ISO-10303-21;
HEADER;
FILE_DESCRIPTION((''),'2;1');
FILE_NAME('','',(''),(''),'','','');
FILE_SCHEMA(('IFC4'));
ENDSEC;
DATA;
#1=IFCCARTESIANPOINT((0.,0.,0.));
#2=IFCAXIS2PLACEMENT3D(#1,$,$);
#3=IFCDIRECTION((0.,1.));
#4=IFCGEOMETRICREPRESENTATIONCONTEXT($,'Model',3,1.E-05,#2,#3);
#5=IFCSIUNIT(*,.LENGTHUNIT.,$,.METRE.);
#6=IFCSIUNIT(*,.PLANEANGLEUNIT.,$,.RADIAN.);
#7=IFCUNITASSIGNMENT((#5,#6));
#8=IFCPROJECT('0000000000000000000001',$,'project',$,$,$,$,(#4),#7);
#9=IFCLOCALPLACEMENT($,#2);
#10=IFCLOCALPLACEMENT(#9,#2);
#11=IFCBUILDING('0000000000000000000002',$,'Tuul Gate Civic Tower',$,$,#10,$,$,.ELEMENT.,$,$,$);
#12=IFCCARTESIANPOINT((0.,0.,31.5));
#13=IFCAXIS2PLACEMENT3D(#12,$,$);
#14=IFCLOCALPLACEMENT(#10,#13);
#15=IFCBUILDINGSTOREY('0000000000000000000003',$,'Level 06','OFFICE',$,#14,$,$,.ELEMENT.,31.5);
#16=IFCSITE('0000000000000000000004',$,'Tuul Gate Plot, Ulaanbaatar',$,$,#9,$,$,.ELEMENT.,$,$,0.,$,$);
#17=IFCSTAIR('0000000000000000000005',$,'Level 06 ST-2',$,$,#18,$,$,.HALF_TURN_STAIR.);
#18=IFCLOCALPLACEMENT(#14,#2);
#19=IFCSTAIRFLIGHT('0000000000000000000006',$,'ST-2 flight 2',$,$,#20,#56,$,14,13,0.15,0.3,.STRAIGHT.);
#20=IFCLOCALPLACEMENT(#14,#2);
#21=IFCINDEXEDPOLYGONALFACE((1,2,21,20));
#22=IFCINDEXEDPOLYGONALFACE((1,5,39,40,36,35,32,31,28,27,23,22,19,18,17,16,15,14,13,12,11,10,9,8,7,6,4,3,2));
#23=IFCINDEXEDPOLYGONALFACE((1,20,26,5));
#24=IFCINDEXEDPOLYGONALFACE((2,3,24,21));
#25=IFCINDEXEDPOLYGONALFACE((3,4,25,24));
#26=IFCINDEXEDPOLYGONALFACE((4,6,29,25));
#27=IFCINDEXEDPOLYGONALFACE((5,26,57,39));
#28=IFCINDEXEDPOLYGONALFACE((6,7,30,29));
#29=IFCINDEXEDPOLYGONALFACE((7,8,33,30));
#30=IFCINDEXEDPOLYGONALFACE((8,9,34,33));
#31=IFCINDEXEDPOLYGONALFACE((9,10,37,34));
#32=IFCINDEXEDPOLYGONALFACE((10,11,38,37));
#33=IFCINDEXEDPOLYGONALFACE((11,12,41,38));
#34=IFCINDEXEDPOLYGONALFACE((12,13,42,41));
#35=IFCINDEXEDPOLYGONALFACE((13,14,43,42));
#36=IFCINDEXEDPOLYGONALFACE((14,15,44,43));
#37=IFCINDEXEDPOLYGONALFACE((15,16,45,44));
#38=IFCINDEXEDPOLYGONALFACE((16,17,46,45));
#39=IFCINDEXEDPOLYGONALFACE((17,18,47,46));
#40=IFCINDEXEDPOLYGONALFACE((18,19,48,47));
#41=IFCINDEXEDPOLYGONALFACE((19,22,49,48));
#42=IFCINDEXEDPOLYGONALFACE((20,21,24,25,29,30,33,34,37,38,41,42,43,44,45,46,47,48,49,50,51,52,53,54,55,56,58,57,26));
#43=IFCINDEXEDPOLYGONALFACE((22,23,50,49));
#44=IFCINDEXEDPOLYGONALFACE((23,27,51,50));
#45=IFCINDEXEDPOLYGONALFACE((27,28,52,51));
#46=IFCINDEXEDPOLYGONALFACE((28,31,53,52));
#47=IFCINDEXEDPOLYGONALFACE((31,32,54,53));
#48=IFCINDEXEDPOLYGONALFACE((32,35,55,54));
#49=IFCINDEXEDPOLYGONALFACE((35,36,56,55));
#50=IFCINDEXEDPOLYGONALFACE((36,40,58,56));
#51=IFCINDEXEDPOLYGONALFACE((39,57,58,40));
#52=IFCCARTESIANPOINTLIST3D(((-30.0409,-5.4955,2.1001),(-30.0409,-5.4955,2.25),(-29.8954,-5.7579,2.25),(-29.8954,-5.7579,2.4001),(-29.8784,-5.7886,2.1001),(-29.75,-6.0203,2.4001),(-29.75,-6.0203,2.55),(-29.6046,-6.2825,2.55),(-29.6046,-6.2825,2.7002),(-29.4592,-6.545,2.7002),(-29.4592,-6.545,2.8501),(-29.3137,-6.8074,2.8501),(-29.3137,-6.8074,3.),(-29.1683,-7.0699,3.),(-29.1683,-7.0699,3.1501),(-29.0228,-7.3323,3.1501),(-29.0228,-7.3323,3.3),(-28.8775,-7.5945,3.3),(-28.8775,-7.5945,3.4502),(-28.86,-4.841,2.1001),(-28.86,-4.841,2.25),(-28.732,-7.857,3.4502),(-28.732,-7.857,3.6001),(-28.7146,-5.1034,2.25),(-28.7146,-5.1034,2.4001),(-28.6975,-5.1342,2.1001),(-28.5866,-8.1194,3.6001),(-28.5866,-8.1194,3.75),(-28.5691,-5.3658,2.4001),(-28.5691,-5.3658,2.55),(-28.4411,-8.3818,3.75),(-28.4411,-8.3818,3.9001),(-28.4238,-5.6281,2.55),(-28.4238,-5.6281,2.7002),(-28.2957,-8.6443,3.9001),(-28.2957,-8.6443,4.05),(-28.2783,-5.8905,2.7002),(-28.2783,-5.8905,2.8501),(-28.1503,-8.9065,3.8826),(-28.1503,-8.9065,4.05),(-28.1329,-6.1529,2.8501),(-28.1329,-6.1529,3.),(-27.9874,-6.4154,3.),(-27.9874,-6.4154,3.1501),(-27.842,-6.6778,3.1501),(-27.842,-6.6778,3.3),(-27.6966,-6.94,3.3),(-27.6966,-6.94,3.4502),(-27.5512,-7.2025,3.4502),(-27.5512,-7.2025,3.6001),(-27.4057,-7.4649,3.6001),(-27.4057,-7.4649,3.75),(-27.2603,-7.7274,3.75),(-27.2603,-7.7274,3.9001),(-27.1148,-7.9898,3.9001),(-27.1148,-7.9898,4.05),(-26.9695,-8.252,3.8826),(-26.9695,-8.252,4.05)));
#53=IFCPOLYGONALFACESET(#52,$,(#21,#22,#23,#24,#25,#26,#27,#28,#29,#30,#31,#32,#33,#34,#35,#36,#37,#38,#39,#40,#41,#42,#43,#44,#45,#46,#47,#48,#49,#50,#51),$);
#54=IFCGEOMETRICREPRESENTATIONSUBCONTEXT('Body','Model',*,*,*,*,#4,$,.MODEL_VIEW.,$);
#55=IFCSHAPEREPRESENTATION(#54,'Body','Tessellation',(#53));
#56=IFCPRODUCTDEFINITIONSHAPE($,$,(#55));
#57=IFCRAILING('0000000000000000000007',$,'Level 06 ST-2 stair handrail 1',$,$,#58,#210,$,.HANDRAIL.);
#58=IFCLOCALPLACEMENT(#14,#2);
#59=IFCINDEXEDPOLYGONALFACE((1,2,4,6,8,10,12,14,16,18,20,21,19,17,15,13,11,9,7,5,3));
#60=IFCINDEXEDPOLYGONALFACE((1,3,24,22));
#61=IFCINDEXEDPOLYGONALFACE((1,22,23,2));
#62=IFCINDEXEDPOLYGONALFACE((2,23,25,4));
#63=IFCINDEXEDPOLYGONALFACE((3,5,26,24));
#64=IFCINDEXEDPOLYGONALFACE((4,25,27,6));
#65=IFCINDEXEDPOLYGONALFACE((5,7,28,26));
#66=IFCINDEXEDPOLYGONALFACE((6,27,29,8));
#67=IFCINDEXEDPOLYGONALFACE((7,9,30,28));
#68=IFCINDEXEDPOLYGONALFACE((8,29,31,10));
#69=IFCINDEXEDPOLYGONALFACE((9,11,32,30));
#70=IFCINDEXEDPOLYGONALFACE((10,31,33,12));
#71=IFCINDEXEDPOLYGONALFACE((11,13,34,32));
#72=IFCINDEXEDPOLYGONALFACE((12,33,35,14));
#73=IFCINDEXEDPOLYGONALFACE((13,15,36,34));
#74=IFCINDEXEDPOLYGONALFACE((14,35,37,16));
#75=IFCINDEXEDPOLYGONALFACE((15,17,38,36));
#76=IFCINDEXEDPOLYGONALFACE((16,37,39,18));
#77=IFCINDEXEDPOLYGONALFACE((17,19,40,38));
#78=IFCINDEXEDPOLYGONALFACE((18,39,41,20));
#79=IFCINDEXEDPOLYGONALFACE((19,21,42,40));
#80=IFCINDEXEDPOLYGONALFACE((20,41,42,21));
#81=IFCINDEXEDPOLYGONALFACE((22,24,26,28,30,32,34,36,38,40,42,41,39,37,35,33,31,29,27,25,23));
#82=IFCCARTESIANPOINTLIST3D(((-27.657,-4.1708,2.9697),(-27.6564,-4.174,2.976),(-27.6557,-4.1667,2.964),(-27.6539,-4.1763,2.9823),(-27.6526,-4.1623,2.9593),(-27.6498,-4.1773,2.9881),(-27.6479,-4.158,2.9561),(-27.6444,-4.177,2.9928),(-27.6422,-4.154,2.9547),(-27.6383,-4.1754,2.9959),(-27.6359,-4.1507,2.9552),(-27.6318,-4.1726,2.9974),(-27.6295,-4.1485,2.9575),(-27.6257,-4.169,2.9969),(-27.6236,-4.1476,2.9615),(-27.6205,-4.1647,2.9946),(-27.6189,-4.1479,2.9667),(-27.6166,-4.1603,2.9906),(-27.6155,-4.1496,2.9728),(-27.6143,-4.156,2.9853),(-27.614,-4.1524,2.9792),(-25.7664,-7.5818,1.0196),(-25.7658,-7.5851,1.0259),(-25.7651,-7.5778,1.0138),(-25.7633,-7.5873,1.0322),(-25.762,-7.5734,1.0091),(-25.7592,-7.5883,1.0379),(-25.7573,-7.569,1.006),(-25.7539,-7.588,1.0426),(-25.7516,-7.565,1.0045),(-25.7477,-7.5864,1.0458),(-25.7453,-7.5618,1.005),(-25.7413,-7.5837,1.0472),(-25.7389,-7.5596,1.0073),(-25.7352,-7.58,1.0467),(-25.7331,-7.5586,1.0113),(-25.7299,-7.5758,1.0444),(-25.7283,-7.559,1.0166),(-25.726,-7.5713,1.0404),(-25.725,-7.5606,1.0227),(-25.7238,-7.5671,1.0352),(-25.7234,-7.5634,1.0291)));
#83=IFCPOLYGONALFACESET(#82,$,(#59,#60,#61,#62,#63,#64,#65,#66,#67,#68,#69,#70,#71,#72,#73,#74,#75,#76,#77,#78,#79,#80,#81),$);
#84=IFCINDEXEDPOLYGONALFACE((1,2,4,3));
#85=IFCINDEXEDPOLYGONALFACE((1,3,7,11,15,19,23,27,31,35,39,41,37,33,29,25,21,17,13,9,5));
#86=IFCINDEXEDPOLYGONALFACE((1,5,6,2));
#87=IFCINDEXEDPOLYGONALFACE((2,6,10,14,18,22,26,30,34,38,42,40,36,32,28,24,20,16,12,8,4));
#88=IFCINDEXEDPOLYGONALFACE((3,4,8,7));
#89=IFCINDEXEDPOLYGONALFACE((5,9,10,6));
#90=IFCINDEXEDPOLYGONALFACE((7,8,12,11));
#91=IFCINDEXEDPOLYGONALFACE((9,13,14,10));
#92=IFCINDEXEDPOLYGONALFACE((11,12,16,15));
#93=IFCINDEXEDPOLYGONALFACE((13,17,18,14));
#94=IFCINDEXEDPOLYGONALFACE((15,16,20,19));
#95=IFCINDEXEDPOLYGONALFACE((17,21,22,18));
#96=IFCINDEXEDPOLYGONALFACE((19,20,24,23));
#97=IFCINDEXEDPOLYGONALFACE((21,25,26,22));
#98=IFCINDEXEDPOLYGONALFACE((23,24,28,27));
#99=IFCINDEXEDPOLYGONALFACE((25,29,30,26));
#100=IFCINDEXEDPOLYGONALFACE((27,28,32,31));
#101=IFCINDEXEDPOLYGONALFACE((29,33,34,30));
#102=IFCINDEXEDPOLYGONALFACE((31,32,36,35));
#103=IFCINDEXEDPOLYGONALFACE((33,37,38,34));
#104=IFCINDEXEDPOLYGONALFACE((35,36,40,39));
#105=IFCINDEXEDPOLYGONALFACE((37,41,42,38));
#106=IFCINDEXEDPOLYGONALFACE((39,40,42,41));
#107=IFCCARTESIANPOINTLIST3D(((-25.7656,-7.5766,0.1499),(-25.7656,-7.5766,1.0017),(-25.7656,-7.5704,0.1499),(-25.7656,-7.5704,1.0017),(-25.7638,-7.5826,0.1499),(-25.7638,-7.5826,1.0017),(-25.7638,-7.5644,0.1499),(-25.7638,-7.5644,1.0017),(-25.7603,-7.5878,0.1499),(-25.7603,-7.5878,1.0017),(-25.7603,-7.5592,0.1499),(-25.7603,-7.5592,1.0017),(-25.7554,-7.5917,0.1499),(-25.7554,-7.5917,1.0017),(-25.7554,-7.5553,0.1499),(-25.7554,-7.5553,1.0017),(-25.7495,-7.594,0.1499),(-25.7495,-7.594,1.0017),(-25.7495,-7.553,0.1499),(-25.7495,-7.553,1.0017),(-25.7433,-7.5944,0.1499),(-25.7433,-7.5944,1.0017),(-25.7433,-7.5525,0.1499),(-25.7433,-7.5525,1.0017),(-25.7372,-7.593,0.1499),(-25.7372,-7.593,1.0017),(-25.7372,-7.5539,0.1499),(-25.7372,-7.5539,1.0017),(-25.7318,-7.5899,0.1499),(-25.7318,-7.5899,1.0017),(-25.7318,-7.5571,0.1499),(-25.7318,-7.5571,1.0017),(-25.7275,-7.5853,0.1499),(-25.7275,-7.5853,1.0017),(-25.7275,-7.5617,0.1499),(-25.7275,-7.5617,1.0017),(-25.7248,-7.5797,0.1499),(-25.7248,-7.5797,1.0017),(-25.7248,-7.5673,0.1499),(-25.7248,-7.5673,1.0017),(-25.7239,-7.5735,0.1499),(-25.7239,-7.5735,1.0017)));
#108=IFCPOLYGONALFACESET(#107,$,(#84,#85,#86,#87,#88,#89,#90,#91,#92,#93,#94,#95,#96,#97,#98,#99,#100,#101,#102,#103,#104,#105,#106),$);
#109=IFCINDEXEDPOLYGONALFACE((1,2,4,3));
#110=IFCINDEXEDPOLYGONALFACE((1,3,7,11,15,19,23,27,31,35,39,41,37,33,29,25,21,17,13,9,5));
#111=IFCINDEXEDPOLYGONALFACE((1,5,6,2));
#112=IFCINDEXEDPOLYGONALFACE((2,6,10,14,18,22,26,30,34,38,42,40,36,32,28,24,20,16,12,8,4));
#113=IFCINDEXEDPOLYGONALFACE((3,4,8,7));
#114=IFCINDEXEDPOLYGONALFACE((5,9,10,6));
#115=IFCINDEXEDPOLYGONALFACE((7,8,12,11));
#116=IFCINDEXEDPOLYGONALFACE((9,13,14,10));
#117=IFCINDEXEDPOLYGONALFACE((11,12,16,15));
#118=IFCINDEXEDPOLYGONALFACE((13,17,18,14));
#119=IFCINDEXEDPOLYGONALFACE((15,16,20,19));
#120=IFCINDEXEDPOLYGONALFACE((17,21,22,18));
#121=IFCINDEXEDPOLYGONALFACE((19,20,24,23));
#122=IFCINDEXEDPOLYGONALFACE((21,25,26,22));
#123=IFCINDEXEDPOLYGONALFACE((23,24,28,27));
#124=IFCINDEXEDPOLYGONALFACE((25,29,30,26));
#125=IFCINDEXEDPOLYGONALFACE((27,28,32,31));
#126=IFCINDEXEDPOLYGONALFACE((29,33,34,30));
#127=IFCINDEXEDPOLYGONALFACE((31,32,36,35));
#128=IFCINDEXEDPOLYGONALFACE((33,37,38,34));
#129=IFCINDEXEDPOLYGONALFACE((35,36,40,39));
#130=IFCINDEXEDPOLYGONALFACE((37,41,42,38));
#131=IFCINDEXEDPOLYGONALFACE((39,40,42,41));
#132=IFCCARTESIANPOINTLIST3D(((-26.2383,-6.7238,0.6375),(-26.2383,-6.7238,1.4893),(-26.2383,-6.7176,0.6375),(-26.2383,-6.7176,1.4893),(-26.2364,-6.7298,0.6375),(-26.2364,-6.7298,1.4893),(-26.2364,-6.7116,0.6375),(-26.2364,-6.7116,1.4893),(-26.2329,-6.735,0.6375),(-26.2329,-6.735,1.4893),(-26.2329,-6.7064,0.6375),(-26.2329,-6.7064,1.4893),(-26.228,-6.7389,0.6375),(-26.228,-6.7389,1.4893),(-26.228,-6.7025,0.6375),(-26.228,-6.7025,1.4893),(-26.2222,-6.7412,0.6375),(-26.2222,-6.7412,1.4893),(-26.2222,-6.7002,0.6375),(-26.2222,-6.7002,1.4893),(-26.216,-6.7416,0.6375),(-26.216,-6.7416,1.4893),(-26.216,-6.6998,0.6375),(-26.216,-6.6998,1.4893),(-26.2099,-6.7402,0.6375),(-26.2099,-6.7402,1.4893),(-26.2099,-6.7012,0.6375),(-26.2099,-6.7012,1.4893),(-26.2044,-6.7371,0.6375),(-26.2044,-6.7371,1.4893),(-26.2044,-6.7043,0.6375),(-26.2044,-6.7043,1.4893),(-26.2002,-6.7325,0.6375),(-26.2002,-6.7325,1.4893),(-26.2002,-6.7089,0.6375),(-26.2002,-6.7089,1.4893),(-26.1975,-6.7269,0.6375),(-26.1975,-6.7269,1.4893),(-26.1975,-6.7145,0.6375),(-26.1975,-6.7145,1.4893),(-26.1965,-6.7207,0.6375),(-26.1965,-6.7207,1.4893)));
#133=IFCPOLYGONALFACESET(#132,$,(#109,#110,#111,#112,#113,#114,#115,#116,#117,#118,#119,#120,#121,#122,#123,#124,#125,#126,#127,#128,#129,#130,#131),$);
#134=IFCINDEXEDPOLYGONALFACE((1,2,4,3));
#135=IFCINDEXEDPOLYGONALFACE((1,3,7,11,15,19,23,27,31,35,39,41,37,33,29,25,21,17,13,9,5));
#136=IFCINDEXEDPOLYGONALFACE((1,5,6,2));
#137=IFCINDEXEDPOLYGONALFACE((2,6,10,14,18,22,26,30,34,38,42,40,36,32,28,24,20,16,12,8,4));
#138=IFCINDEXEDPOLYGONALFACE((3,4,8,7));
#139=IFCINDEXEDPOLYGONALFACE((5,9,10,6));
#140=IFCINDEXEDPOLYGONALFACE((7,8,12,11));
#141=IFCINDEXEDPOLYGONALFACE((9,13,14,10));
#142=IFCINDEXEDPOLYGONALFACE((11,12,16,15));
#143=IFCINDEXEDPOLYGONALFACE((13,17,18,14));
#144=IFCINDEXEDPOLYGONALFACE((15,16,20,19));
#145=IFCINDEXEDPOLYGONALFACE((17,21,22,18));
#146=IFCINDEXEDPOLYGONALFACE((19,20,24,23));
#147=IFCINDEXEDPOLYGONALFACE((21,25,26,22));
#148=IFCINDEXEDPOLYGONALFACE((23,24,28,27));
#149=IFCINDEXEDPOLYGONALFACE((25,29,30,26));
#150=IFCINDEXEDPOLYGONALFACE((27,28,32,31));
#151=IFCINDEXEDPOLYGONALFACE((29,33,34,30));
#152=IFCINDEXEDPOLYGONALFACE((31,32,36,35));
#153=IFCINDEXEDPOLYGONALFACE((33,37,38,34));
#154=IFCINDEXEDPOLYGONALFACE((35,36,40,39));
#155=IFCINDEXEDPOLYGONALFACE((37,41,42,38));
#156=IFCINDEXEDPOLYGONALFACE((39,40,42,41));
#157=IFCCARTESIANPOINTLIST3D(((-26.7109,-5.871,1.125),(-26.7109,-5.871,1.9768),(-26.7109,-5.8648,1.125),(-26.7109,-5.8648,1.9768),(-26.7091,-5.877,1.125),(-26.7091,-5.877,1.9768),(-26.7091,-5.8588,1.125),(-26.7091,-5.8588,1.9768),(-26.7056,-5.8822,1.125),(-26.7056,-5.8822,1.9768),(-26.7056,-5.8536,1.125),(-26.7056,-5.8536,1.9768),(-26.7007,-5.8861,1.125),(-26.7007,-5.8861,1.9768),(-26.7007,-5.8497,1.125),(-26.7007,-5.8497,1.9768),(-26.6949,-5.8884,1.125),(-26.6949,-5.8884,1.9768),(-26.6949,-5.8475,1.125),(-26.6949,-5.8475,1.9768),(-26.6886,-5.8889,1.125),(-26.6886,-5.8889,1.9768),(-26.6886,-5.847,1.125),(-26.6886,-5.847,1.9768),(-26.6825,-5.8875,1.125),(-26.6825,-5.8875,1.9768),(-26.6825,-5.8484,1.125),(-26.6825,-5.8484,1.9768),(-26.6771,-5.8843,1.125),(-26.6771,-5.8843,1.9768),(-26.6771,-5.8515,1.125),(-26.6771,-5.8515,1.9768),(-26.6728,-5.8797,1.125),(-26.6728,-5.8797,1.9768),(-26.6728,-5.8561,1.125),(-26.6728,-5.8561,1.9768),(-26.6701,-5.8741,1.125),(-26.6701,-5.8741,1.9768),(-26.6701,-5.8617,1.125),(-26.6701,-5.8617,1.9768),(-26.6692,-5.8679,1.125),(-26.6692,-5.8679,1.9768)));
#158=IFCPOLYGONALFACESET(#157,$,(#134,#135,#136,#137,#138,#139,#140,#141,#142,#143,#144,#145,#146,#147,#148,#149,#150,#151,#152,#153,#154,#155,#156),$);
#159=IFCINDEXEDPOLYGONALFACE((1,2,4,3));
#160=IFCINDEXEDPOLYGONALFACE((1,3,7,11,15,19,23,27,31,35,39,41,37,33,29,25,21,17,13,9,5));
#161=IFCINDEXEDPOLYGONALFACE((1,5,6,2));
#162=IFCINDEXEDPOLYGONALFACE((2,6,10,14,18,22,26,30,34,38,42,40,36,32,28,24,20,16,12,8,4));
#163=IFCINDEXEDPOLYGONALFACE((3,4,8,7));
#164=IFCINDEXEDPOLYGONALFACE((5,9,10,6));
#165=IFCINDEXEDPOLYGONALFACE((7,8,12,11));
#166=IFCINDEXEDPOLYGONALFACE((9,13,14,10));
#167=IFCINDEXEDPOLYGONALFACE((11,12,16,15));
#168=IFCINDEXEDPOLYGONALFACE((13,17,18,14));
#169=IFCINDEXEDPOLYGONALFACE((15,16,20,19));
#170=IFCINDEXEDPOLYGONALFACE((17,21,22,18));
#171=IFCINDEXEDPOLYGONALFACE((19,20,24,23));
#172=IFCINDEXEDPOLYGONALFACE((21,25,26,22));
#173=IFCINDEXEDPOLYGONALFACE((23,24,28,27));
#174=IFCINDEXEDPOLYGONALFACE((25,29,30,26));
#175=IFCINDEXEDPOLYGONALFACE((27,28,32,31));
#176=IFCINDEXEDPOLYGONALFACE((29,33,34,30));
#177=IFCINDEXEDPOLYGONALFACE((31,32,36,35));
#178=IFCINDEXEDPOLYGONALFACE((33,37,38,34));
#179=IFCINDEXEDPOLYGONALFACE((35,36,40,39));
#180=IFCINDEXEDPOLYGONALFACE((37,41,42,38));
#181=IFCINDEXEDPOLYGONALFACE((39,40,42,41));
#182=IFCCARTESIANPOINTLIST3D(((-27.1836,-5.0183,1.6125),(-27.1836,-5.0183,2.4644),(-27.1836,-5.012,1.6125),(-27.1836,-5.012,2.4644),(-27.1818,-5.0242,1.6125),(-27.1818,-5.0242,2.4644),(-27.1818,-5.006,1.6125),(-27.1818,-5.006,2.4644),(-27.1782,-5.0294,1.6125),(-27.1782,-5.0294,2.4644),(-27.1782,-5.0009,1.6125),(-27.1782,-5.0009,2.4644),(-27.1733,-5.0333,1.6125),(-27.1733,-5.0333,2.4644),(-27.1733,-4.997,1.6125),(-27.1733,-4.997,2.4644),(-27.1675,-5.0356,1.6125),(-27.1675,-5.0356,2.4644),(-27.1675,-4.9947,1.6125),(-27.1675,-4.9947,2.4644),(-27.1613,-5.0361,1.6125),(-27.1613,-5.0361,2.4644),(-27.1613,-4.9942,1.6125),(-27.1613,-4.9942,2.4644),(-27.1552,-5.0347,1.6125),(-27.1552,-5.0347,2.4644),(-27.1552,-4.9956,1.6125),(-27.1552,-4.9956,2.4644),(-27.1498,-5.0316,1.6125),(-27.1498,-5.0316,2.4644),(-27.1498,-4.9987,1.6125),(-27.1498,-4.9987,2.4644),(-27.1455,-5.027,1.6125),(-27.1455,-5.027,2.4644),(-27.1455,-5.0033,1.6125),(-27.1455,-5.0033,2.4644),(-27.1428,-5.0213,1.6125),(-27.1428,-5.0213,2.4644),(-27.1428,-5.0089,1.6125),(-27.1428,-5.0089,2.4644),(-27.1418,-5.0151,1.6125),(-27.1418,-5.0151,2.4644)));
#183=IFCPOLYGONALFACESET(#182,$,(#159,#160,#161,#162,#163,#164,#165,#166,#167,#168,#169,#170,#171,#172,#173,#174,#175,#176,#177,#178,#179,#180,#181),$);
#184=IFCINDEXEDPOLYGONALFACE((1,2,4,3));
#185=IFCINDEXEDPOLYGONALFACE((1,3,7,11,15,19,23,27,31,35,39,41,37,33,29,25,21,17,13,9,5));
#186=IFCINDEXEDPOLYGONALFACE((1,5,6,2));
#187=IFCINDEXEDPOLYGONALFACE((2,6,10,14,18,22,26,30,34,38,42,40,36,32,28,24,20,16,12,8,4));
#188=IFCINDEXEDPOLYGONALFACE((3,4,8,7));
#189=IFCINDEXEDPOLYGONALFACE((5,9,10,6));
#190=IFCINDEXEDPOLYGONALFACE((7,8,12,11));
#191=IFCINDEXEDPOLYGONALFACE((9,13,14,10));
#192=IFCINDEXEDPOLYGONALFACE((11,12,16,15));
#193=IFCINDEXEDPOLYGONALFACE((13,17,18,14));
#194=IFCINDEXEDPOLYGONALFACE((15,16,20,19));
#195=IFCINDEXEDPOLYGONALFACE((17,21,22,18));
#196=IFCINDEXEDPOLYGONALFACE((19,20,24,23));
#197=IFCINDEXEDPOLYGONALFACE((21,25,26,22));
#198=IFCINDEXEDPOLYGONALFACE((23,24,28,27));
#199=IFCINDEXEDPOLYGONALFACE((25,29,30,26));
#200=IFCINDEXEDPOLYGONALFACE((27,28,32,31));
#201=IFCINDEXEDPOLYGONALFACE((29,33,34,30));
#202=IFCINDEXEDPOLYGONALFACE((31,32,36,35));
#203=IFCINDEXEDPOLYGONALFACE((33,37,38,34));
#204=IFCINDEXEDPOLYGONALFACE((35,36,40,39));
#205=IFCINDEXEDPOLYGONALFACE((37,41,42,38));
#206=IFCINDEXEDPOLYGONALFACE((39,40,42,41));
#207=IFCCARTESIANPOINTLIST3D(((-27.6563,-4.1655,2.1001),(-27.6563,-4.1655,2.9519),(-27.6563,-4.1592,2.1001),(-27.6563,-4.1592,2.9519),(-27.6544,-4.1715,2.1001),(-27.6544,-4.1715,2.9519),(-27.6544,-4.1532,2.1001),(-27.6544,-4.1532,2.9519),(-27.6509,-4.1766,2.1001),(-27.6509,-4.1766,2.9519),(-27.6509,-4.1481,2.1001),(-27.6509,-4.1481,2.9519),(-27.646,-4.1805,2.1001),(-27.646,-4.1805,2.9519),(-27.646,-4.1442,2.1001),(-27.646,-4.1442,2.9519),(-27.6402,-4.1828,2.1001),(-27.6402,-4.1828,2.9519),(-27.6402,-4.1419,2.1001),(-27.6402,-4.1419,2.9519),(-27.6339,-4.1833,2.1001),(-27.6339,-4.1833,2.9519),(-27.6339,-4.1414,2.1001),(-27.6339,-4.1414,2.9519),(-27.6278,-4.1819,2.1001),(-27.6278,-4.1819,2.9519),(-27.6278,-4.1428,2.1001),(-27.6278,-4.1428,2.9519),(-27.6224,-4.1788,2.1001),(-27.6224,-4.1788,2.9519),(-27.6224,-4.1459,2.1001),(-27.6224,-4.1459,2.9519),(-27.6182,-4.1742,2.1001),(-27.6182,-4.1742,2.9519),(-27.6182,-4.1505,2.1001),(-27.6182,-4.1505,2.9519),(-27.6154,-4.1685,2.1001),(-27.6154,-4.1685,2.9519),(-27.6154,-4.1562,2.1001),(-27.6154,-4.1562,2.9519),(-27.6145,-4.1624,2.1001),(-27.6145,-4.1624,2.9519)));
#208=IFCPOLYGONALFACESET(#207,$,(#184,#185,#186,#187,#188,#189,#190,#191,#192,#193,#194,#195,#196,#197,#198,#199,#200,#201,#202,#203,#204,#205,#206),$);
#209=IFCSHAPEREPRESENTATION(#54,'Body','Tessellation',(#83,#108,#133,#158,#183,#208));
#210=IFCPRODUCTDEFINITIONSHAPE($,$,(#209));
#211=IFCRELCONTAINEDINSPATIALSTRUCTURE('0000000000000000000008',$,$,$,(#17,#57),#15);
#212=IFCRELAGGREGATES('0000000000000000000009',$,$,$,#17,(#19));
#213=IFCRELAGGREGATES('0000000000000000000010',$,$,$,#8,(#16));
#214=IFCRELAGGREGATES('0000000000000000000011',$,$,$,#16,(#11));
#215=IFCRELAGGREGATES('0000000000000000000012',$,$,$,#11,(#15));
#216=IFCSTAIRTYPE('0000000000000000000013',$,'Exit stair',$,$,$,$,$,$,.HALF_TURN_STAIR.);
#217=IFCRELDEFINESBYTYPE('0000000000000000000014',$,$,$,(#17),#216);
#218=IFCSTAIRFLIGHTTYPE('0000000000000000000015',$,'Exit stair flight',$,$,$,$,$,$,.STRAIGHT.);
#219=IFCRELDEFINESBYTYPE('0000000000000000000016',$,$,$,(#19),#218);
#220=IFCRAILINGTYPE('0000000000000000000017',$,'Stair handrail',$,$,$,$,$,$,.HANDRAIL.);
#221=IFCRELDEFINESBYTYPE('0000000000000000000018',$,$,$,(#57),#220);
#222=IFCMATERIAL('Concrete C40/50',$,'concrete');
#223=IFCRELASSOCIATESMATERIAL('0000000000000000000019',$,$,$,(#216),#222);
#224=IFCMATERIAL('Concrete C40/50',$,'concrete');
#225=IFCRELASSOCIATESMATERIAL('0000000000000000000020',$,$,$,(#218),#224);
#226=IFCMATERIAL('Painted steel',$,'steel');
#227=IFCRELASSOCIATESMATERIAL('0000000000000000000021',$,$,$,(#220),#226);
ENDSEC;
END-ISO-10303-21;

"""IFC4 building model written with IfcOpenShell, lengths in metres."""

from ifc_helpers import new_model, si_unit, direction, frame, origin, origin_2d, place, context, subcontext, project, spatial, polyline, circle, outline, extrude, material, type_object, element, aggregate, save


model = new_model("IFC4")

# Units and contexts
model_context = context("Model", 3, precision=1e-05, world=origin(), true_north=direction((0.0, 1.0)))
body_context = subcontext(model_context, "Body", "Model", "MODEL_VIEW")
ifc_project = project(units=[si_unit("LENGTHUNIT", "METRE"), si_unit("PLANEANGLEUNIT", "RADIAN")], contexts=[model_context])

# Site, building, storey
site_placement = place(None, origin())
site = spatial("IfcSite", under=ifc_project, at=site_placement, Name="Tuul Gate Plot, Ulaanbaatar", CompositionType="ELEMENT", RefElevation=0.0)
building_placement = place(site_placement, origin())
building = spatial("IfcBuilding", under=site, at=building_placement, Name="Tuul Gate Civic Tower", CompositionType="ELEMENT")
storey_placement = place(building_placement, frame((0.0, 0.0, 31.5)))
storey = spatial("IfcBuildingStorey", under=building, at=storey_placement, Name="Level 06", Description="OFFICE", CompositionType="ELEMENT", Elevation=31.5)

# Stair, stair flight
ifc_material_1 = material(Name="Concrete C40/50", Category="concrete")
stair_type = type_object("IfcStairType", Name="Exit stair", PredefinedType="HALF_TURN_STAIR", material=ifc_material_1)
stair_placement = place(storey_placement, origin())
stair = element("IfcStair", 1, at=stair_placement, inside=storey, type_object=stair_type, Name="Level 06 ST-2", PredefinedType="HALF_TURN_STAIR")
ifc_material_2 = material(Name="Concrete C40/50", Category="concrete")
stair_flight_type = type_object("IfcStairFlightType", Name="Exit stair flight", PredefinedType="STRAIGHT", material=ifc_material_2)
stair_flight_1_placement = place(storey_placement, frame((-29.4504, -5.1682, 2.1001), z_axis=(0.0, 0.0, 1.0), x_axis=(0.484762, -0.874646, 0.0)))
stair_flight_1 = element("IfcStairFlight", 2, at=stair_flight_1_placement, type_object=stair_flight_type, Name="ST-2 flight 2", NumberOfRisers=14, NumberOfTreads=13, PredefinedType="STRAIGHT", RiserHeight=0.15, TreadLength=0.3, context=body_context, shape_type="SweptSolid", body=[
    extrude(outline(polyline([(0.0, 0.0), (0.0, 0.1499), (0.3, 0.1499), (0.3, 0.3), (0.6001, 0.3), (0.6001, 0.45), (0.8999, 0.45), (0.8999, 0.6001), (1.2, 0.6001), (1.2, 0.75), (1.5, 0.75), (1.5, 0.8999), (1.8, 0.8999), (1.8, 1.05), (2.1001, 1.05), (2.1001, 1.2), (2.3999, 1.2), (2.3999, 1.3501), (2.7, 1.3501), (2.7, 1.5), (3.0, 1.5), (3.0, 1.6499), (3.3, 1.6499), (3.3, 1.8), (3.6001, 1.8), (3.6001, 1.95), (3.8999, 1.95), (3.8999, 2.1001), (3.8999, 1.7825), (0.3352, 0.0), (0.0, 0.0)])), frame((0.0, 0.675, 0.0), z_axis=(0.0, -1.0, 0.0), x_axis=(1.0, 0.0, 0.0)), (0.0, 0.0, 1.0), 1.3501),
])
aggregate(stair, [stair_flight_1])

# Railing
ifc_material_3 = material(Name="Painted steel", Category="steel")
railing_type_1 = type_object("IfcRailingType", Name="Stair handrail", PredefinedType="HANDRAIL", material=ifc_material_3)
railing_1_placement = place(storey_placement, frame((-25.7449, -7.5735, 0.1499)))
element("IfcRailing", 3, at=railing_1_placement, inside=storey, type_object=railing_type_1, Name="Level 06 ST-2 stair handrail 1", PredefinedType="HANDRAIL", context=body_context, shape_type="SweptSolid", body=[
    extrude(circle(Radius=0.0239, at=origin_2d()), frame((0.0, 0.0, 0.876), z_axis=(-0.433585, 0.782289, 0.447246), x_axis=(-0.874641, -0.484771, 0.0)), (0.0, 0.0, 1.0), 4.3604),
    extrude(circle(Radius=0.021, at=origin_2d()), origin(), (0.0, 0.0, 1.0), 0.8518),
    extrude(circle(Radius=0.021, at=origin_2d()), frame((-0.4727, 0.8528, 0.4875)), (0.0, 0.0, 1.0), 0.8518),
    extrude(circle(Radius=0.021, at=origin_2d()), frame((-0.9453, 1.7056, 0.9751)), (0.0, 0.0, 1.0), 0.8518),
    extrude(circle(Radius=0.021, at=origin_2d()), frame((-1.418, 2.5583, 1.4626)), (0.0, 0.0, 1.0), 0.8518),
    extrude(circle(Radius=0.021, at=origin_2d()), frame((-1.8906, 3.4111, 1.9502)), (0.0, 0.0, 1.0), 0.8518),
])

save(model, "model.ifc")
